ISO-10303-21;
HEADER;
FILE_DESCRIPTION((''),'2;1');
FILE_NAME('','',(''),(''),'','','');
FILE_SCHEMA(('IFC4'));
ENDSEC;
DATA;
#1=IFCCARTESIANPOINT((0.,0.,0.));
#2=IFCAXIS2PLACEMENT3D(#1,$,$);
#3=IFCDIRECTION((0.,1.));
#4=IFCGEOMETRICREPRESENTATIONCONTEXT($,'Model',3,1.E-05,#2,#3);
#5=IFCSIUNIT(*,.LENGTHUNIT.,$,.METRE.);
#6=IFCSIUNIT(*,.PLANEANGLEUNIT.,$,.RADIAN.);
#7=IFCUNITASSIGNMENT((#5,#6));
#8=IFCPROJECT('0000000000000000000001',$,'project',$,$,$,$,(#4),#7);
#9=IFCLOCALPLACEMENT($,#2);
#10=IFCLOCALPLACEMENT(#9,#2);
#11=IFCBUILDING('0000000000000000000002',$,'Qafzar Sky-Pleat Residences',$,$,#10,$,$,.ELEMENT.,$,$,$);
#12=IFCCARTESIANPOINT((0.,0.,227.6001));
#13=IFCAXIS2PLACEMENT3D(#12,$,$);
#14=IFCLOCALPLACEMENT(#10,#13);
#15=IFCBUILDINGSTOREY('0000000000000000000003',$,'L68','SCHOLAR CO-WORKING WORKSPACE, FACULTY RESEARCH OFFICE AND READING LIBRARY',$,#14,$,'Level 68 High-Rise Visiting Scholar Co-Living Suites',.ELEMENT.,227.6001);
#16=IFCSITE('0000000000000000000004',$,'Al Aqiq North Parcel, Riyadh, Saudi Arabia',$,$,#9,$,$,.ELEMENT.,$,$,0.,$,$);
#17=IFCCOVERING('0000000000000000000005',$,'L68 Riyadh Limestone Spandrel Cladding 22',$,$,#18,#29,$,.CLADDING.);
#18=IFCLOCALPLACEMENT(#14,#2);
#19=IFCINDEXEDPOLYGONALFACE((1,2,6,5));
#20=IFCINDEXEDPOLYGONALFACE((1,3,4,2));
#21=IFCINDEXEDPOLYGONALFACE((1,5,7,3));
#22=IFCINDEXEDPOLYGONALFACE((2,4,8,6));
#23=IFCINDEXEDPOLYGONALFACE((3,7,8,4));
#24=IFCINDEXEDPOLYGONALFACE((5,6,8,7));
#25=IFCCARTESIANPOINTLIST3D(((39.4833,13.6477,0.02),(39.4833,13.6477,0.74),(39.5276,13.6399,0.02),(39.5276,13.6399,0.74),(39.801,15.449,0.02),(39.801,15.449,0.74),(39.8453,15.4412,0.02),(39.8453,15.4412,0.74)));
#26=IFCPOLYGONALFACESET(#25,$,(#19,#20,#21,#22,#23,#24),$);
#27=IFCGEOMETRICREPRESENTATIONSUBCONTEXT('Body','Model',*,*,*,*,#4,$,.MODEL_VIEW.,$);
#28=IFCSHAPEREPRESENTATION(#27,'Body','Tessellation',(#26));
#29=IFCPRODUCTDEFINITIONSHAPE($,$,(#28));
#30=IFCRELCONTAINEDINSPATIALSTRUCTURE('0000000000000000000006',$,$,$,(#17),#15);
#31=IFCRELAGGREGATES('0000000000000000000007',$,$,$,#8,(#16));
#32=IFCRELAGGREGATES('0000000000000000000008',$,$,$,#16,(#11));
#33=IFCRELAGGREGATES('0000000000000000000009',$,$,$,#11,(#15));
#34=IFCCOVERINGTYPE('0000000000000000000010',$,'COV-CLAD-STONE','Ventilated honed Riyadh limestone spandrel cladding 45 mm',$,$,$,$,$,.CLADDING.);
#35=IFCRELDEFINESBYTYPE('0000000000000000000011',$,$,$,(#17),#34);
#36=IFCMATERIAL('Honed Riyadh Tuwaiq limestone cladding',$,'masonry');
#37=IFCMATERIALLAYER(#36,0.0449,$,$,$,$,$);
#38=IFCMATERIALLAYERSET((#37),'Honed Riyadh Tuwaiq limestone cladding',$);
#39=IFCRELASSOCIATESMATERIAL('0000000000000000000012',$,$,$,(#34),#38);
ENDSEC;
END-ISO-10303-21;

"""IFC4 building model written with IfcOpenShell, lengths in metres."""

from ifc_helpers import new_model, si_unit, direction, frame, origin, origin_2d, place, context, subcontext, project, spatial, rectangle, extrude, source, transform, mapped, material, layer, layer_set, type_object, element, save


model = new_model("IFC4")

# Units and contexts
model_context = context("Model", 3, precision=1e-05, world=origin(), true_north=direction((0.0, 1.0)))
body_context = subcontext(model_context, "Body", "Model", "MODEL_VIEW")
ifc_project = project(units=[si_unit("LENGTHUNIT", "METRE"), si_unit("PLANEANGLEUNIT", "RADIAN")], contexts=[model_context])

# Site, building, storey
site_placement = place(None, origin())
site = spatial("IfcSite", under=ifc_project, at=site_placement, Name="Al Aqiq North Parcel, Riyadh, Saudi Arabia", CompositionType="ELEMENT", RefElevation=0.0)
building_placement = place(site_placement, origin())
building = spatial("IfcBuilding", under=site, at=building_placement, Name="Qafzar Sky-Pleat Residences", CompositionType="ELEMENT")
storey_placement = place(building_placement, frame((0.0, 0.0, 227.6001)))
storey = spatial("IfcBuildingStorey", under=building, at=storey_placement, Name="L68", Description="SCHOLAR CO-WORKING WORKSPACE, FACULTY RESEARCH OFFICE AND READING LIBRARY", LongName="Level 68 High-Rise Visiting Scholar Co-Living Suites", CompositionType="ELEMENT", Elevation=227.6001)

# Covering
ifc_material_1 = material(Name="Honed Riyadh Tuwaiq limestone cladding", Category="masonry")
ifc_layer_1 = layer(ifc_material_1, 0.0449)
ifc_layer_set_1 = layer_set([ifc_layer_1], Name="Honed Riyadh Tuwaiq limestone cladding")
covering_type = type_object("IfcCoveringType", Name="COV-CLAD-STONE", Description="Ventilated honed Riyadh limestone spandrel cladding 45 mm", PredefinedType="CLADDING", material=ifc_layer_set_1)
shared_shape_1 = source(origin(), body_context, "Body", "SweptSolid", [
    extrude(rectangle(XDim=1.8291, YDim=0.0449, at=origin_2d()), origin(), (0.0, 0.0, 1.0), 0.72),
])
covering_1_placement = place(storey_placement, frame((39.6643, 14.5444, 0.02), z_axis=(0.0, 0.0, 1.0), x_axis=(0.173696, 0.984799, 0.0)))
element("IfcCovering", 1, at=covering_1_placement, inside=storey, type_object=covering_type, Name="L68 Riyadh Limestone Spandrel Cladding 22", PredefinedType="CLADDING", context=body_context, shape_type="MappedRepresentation", body=[
    mapped(shared_shape_1, transform((0.0, 0.0, 0.0), x_axis=(1.0, 0.0, 0.0), y_axis=(0.0, 1.0, 0.0), z_axis=(0.0, 0.0, 1.0), scale=1.0)),
])

save(model, "model.ifc")
